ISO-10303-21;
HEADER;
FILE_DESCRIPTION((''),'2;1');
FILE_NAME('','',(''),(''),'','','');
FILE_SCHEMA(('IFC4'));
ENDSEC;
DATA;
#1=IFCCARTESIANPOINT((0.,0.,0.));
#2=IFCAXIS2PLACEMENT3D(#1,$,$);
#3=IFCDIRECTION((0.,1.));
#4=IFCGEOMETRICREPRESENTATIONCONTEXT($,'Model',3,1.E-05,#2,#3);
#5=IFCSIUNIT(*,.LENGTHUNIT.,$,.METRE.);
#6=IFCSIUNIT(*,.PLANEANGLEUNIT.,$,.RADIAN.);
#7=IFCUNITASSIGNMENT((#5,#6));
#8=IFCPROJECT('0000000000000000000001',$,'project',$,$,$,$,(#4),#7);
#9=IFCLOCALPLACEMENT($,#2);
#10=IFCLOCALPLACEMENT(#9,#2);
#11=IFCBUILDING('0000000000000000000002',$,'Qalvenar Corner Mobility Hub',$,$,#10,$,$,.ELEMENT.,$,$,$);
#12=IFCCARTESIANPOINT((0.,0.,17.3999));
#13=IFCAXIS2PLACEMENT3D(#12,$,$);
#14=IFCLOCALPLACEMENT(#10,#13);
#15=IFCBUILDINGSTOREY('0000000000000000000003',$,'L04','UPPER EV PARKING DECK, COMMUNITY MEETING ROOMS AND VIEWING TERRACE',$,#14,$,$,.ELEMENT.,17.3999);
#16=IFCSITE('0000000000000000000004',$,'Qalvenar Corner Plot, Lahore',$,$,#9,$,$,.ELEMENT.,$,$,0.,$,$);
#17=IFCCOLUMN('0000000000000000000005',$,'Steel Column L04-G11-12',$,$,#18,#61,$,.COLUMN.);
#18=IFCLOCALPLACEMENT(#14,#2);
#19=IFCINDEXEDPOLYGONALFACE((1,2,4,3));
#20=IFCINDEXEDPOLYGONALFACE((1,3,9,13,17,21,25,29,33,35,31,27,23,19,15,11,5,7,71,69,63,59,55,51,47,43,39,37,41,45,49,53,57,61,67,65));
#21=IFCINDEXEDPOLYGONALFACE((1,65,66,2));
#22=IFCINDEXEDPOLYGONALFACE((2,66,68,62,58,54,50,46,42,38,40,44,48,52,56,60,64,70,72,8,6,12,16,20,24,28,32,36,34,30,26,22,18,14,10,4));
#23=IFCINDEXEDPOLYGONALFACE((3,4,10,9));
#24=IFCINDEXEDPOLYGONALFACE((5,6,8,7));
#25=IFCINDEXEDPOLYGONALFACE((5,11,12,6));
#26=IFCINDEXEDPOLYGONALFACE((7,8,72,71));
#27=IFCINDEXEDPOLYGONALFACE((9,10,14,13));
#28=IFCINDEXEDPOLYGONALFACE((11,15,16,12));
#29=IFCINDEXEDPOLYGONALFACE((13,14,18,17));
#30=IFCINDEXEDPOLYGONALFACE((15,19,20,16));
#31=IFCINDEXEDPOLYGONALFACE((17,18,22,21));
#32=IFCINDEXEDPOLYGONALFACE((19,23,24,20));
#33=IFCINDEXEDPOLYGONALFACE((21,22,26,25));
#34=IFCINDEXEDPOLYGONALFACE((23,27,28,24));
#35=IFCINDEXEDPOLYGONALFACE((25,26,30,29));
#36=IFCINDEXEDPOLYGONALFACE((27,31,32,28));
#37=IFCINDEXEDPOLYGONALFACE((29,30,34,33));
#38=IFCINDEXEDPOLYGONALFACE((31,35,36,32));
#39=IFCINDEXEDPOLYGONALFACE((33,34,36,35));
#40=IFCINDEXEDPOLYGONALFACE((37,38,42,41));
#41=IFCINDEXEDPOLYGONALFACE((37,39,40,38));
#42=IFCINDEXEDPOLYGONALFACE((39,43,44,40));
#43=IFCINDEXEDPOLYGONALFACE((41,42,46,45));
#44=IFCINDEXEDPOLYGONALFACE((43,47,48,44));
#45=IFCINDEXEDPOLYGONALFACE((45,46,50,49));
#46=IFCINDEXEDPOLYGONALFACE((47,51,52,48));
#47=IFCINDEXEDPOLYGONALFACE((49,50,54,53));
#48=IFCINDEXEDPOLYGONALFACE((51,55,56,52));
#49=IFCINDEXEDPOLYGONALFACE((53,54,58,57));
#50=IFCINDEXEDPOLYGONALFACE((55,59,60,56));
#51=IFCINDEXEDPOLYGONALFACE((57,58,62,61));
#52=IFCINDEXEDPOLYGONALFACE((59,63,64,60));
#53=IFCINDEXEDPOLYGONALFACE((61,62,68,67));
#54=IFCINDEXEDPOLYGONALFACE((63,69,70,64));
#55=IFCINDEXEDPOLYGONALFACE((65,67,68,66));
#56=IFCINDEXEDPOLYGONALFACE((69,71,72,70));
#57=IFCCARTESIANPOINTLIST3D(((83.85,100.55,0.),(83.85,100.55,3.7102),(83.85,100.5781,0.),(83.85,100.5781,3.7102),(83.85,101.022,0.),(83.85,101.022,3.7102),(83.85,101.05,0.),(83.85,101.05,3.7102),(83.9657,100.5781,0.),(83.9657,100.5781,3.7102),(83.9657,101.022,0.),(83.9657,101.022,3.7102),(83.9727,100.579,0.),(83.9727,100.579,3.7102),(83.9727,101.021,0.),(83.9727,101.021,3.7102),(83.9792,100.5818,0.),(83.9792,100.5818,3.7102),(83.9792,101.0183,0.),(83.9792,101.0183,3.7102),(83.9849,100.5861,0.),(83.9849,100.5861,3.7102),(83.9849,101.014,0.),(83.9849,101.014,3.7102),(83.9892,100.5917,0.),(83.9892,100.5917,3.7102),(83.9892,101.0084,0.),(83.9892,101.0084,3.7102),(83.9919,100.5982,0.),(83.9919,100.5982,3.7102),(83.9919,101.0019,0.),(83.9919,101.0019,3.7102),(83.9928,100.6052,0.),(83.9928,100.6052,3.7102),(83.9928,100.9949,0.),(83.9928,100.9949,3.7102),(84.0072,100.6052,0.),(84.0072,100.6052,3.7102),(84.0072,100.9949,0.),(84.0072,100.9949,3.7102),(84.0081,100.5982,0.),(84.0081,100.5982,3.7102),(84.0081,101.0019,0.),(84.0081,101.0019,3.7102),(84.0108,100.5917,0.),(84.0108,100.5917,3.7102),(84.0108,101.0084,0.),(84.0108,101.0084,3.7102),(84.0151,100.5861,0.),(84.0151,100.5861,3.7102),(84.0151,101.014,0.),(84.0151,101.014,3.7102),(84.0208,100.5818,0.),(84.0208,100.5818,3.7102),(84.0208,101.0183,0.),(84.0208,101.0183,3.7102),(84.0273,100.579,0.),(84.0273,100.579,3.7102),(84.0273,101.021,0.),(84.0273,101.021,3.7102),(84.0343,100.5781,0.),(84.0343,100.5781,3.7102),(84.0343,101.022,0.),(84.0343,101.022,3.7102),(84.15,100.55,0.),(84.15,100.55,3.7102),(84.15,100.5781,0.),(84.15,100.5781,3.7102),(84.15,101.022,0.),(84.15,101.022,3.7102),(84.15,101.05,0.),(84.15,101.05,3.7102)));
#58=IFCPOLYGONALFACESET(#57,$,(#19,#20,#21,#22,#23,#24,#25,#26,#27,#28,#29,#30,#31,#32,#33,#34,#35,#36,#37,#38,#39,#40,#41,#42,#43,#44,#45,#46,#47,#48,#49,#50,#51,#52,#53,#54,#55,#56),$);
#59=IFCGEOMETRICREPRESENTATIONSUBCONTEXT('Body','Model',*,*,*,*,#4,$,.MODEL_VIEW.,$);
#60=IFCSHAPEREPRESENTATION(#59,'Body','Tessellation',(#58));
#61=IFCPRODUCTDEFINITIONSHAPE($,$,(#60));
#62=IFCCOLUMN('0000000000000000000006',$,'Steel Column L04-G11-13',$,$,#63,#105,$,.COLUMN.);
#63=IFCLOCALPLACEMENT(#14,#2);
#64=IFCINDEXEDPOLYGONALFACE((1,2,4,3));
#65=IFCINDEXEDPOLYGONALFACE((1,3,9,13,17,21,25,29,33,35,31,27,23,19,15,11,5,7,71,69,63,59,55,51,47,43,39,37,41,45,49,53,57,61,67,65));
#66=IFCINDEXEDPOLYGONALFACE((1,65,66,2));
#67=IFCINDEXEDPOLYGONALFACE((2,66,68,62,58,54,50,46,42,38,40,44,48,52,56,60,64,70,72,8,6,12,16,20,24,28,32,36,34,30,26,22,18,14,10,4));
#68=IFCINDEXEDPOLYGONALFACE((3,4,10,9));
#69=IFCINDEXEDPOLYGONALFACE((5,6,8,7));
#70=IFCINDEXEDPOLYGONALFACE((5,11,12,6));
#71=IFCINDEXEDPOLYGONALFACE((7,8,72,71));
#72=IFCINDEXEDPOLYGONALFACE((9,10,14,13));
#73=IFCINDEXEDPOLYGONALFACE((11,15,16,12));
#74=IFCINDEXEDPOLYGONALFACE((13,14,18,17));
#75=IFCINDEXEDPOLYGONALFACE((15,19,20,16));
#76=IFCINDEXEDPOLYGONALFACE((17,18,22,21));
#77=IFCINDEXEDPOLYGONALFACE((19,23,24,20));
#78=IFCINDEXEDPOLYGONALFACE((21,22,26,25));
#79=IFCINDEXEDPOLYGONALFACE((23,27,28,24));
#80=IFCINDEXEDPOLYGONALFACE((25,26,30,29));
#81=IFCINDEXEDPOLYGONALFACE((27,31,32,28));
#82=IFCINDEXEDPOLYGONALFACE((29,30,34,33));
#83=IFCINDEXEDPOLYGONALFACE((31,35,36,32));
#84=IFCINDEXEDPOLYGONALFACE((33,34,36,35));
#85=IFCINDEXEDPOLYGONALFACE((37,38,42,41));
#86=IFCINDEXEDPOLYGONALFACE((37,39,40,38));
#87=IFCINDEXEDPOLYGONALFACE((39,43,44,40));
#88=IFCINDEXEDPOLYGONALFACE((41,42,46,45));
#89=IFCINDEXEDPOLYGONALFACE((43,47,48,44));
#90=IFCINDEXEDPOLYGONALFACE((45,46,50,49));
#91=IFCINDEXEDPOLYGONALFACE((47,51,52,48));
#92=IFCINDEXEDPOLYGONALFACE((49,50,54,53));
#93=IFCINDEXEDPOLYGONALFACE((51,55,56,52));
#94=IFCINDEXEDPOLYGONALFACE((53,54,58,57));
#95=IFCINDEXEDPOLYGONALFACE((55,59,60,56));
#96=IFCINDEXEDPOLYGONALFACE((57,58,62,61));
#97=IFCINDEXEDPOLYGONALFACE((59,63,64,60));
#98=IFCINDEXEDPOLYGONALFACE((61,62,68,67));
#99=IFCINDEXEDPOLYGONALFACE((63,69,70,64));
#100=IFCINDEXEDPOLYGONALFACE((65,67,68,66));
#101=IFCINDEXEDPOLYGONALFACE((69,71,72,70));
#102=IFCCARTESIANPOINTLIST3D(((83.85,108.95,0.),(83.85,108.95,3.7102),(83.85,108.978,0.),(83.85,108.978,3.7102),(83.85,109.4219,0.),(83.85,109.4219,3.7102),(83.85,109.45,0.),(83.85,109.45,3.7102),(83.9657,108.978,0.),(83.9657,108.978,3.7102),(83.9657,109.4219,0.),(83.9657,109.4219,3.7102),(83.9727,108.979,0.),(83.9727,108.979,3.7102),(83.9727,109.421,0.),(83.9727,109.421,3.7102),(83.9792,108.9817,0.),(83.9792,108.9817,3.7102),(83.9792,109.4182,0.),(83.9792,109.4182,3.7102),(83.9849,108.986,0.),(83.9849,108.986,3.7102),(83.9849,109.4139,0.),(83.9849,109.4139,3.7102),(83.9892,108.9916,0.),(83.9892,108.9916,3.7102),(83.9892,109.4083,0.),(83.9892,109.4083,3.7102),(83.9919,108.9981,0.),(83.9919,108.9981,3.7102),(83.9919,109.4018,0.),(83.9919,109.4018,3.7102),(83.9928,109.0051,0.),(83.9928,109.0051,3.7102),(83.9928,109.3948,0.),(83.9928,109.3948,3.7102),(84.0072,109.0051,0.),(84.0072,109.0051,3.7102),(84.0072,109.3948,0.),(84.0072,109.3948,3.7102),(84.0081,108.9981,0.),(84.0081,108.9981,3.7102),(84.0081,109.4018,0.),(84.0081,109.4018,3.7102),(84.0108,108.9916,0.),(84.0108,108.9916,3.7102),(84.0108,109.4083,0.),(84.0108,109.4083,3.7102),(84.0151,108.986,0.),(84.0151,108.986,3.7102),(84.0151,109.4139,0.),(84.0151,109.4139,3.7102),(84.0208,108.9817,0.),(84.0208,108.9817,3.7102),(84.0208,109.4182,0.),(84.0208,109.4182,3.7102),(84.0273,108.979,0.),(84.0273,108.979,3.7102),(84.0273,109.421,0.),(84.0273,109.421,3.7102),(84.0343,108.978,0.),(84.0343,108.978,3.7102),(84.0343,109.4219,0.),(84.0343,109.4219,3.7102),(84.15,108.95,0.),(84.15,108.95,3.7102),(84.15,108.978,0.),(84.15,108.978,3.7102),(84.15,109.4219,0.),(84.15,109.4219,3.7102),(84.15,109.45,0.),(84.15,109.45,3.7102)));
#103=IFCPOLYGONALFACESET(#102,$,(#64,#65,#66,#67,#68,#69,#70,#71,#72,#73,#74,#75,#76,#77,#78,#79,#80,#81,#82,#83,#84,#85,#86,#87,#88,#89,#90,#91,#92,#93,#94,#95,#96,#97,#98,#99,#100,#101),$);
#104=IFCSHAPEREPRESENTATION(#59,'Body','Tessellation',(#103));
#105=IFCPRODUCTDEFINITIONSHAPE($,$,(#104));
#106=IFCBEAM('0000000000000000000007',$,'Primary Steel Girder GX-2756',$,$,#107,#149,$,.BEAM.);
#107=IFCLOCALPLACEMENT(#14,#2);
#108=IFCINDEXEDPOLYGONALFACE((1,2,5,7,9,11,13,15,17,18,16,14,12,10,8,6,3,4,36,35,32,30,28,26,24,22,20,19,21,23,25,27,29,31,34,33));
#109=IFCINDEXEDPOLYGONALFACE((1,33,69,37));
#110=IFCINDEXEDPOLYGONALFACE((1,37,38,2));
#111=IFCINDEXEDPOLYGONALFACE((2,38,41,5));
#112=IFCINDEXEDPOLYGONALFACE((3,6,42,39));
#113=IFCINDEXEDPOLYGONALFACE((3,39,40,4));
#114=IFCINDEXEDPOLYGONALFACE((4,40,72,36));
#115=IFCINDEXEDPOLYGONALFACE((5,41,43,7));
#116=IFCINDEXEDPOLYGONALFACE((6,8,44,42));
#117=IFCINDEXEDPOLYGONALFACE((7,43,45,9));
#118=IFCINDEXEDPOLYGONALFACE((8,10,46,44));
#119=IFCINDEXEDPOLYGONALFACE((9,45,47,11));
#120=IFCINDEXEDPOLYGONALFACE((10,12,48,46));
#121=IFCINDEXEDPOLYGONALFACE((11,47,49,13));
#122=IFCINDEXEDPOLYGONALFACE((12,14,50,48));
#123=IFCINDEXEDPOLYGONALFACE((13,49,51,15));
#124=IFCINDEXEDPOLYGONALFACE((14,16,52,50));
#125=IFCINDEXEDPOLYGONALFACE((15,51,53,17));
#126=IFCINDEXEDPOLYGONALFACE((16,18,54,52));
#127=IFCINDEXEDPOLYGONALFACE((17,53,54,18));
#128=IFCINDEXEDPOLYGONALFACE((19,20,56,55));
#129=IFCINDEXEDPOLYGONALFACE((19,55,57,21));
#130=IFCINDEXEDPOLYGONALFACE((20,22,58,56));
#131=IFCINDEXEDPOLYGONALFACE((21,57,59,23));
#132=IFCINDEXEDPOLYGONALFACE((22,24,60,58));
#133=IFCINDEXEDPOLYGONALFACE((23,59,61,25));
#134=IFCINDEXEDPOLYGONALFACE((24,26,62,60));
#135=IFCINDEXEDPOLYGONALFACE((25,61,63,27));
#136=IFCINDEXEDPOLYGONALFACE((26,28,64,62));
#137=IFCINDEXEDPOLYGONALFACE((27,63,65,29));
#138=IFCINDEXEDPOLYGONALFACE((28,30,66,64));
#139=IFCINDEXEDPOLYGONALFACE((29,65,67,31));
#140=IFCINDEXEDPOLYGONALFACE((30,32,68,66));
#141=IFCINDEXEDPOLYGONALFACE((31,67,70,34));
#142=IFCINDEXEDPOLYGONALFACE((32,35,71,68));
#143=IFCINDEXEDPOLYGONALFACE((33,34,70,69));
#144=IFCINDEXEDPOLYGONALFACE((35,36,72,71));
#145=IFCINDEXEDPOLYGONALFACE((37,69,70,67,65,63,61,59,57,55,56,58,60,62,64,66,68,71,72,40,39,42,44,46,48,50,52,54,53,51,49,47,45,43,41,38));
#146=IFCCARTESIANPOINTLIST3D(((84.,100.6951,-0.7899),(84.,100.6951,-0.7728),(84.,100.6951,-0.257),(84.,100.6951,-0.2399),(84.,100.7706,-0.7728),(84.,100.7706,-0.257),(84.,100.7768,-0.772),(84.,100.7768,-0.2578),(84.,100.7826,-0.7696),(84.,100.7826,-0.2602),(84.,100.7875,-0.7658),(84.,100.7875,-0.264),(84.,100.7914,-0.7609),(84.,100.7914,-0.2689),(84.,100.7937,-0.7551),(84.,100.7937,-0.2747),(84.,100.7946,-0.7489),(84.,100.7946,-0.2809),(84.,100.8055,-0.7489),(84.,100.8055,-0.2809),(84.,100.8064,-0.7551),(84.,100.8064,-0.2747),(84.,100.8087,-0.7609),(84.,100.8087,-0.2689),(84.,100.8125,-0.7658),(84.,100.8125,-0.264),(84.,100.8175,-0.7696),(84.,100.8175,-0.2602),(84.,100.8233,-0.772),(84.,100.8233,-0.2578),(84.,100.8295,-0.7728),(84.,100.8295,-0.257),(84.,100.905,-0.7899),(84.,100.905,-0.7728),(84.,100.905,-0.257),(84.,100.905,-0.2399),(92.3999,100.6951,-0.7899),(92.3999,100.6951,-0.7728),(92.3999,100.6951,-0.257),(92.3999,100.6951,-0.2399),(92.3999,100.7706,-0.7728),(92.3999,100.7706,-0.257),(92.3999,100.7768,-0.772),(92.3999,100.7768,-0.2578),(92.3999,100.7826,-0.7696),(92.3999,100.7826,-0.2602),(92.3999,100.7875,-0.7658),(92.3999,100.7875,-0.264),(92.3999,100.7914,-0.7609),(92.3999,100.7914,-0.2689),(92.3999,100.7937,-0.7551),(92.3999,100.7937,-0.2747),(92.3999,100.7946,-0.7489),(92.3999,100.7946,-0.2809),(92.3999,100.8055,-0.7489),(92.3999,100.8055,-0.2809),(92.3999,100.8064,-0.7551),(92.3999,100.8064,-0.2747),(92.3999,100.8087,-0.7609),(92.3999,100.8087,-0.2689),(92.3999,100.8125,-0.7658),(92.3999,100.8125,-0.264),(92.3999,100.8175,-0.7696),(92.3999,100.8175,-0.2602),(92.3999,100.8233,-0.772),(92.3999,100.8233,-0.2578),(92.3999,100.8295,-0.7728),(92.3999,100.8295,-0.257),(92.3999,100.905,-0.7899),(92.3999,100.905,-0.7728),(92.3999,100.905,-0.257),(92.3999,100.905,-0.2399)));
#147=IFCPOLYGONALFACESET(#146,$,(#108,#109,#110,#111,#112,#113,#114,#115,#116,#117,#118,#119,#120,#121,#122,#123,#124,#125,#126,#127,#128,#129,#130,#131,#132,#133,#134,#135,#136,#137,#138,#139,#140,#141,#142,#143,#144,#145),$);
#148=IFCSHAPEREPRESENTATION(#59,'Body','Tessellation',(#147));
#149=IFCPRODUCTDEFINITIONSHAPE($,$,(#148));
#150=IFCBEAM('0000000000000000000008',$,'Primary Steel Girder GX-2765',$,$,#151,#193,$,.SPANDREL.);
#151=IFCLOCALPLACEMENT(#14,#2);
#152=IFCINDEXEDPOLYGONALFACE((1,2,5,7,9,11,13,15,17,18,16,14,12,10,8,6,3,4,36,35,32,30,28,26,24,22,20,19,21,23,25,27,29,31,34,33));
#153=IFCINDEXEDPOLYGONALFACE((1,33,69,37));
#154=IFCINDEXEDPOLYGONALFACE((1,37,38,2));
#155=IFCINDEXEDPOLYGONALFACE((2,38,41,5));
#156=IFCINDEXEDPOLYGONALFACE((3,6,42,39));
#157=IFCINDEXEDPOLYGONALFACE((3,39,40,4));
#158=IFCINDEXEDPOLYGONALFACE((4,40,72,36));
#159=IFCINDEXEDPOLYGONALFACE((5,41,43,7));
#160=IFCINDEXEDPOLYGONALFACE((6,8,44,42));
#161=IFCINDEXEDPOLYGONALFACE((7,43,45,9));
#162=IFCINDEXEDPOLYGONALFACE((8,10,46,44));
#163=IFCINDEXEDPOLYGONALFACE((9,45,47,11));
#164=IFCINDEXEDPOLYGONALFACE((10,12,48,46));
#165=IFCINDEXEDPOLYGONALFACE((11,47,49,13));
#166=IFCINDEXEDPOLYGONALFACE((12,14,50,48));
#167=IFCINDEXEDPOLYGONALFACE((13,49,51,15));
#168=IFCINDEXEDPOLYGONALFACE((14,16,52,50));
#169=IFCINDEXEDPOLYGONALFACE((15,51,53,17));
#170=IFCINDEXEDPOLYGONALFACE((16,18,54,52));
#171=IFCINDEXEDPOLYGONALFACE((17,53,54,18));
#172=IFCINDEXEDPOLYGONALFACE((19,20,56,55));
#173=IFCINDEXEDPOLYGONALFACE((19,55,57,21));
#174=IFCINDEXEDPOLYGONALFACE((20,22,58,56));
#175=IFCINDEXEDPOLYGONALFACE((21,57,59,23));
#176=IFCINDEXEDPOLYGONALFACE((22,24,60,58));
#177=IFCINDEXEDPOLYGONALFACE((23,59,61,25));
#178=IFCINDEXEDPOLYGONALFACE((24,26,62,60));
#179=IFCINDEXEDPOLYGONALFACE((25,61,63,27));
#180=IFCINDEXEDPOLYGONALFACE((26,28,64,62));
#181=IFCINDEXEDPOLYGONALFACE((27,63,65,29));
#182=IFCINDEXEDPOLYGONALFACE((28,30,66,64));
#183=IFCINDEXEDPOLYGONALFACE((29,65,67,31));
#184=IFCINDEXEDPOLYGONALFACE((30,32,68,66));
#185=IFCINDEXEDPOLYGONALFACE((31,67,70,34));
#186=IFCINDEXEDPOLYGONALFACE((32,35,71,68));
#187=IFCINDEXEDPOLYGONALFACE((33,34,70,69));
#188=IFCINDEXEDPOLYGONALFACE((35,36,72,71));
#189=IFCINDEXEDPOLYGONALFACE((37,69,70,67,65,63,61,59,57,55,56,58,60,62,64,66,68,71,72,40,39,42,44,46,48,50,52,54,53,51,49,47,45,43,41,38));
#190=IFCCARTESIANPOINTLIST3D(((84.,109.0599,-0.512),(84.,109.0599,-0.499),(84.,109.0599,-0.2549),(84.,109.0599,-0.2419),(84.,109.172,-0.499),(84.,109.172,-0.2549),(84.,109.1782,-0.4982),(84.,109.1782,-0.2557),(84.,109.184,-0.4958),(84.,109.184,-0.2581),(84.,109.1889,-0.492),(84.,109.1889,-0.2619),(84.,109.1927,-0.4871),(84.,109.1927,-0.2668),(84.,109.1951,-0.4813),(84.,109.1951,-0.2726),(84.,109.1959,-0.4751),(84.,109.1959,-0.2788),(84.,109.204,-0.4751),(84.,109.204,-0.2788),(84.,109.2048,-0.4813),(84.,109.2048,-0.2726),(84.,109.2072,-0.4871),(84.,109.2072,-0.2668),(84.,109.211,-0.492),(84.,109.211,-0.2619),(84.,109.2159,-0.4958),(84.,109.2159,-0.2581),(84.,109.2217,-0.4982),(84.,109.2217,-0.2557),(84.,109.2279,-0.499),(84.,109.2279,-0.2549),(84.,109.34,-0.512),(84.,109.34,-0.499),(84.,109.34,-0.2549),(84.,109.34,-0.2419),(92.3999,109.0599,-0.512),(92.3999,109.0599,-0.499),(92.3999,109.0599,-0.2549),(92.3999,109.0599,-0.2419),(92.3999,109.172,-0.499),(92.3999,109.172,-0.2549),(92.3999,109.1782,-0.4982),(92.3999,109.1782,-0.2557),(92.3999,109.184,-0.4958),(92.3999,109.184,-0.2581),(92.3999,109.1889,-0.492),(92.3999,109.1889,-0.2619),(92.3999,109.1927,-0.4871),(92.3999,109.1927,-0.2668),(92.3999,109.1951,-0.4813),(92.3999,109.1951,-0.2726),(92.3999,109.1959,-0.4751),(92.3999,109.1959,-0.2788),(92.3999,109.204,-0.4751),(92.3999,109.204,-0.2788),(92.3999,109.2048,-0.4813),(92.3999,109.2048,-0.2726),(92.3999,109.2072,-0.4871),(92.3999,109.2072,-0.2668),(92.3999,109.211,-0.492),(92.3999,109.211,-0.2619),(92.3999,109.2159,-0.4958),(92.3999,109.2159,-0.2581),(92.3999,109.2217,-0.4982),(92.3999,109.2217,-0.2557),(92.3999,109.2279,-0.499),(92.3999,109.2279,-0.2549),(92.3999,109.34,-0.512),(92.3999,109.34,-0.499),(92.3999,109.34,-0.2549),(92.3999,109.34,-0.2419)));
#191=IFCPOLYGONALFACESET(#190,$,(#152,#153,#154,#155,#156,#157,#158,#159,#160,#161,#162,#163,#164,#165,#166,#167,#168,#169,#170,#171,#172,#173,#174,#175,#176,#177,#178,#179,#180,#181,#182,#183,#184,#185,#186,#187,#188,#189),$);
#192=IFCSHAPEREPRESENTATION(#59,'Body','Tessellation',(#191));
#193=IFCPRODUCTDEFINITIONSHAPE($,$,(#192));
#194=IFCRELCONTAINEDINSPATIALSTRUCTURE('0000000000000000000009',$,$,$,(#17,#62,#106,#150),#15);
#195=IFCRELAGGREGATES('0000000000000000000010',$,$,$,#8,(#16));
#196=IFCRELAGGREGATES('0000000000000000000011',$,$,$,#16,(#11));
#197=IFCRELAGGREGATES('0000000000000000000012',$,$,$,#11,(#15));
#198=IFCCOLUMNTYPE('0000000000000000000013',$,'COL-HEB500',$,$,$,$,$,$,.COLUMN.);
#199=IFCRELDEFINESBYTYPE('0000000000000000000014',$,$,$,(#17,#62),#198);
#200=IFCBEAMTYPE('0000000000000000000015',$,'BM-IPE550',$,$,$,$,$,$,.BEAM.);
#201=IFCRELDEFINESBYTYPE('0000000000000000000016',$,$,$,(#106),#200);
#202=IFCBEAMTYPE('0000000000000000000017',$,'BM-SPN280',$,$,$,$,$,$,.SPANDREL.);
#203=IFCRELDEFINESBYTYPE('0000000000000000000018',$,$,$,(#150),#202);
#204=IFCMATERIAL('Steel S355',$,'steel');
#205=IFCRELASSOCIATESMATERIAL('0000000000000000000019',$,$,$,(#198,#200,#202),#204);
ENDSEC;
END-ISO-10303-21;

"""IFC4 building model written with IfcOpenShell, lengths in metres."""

from ifc_helpers import new_model, si_unit, direction, frame, origin, origin_2d, place, context, subcontext, project, spatial, i_section, extrude, material, material_profile, profile_set, type_object, element, save


model = new_model("IFC4")

# Units and contexts
model_context = context("Model", 3, precision=1e-05, world=origin(), true_north=direction((0.0, 1.0)))
body_context = subcontext(model_context, "Body", "Model", "MODEL_VIEW")
ifc_project = project(units=[si_unit("LENGTHUNIT", "METRE"), si_unit("PLANEANGLEUNIT", "RADIAN")], contexts=[model_context])

# Site, building, storey
site_placement = place(None, origin())
site = spatial("IfcSite", under=ifc_project, at=site_placement, Name="Qalvenar Corner Plot, Lahore", CompositionType="ELEMENT", RefElevation=0.0)
building_placement = place(site_placement, origin())
building = spatial("IfcBuilding", under=site, at=building_placement, Name="Qalvenar Corner Mobility Hub", CompositionType="ELEMENT")
storey_placement = place(building_placement, frame((0.0, 0.0, 17.3999)))
storey = spatial("IfcBuildingStorey", under=building, at=storey_placement, Name="L04", Description="UPPER EV PARKING DECK, COMMUNITY MEETING ROOMS AND VIEWING TERRACE", CompositionType="ELEMENT", Elevation=17.3999)

# Columns
ifc_material_1 = material(Name="Steel S355", Category="steel")
ifc_material_profile_1 = material_profile(ifc_material_1, i_section(OverallWidth=0.3, OverallDepth=0.5, WebThickness=0.0144, FlangeThickness=0.0281, FilletRadius=0.0271, at=origin_2d()), Name="HEB500")
ifc_profile_set_1 = profile_set([ifc_material_profile_1], Name="Steel S355")
column_type = type_object("IfcColumnType", Name="COL-HEB500", PredefinedType="COLUMN", material=ifc_profile_set_1)
for number, where, z_axis, x_axis, name in (
    (1, (84.0, 100.8, 0.0), (0.0, 0.0, 1.0), (1.0, 0.0, 0.0), "Steel Column L04-G11-12"),
    (2, (84.0, 109.2, 0.0), (0.0, 0.0, 1.0), (1.0, 0.0, 0.0), "Steel Column L04-G11-13"),
):
    element("IfcColumn", number, at=place(storey_placement, frame(where, z_axis=z_axis, x_axis=x_axis)), inside=storey, type_object=column_type, Name=name, PredefinedType="COLUMN", context=body_context, shape_type="SweptSolid", body=[
        extrude(i_section(OverallWidth=0.3, OverallDepth=0.5, WebThickness=0.0144, FlangeThickness=0.0281, FilletRadius=0.0271, at=origin_2d()), origin(), (0.0, 0.0, 1.0), 3.7102),
    ])

# Beams
ifc_material_profile_2 = material_profile(ifc_material_1, i_section(OverallWidth=0.21, OverallDepth=0.55, WebThickness=0.011, FlangeThickness=0.0171, FilletRadius=0.0239, at=origin_2d()), Name="IPE550")
ifc_profile_set_2 = profile_set([ifc_material_profile_2], Name="Steel S355")
beam_type_1 = type_object("IfcBeamType", Name="BM-IPE550", PredefinedType="BEAM", material=ifc_profile_set_2)
beam_1_placement = place(storey_placement, frame((84.0, 100.8, -0.5149), z_axis=(1.0, 0.0, 0.0), x_axis=(0.0, 1.0, 0.0)))
element("IfcBeam", 3, at=beam_1_placement, inside=storey, type_object=beam_type_1, Name="Primary Steel Girder GX-2756", PredefinedType="BEAM", context=body_context, shape_type="SweptSolid", body=[
    extrude(i_section(OverallWidth=0.21, OverallDepth=0.55, WebThickness=0.011, FlangeThickness=0.0171, FilletRadius=0.0239, at=origin_2d()), origin(), (0.0, 0.0, 1.0), 8.3999),
])
ifc_material_profile_3 = material_profile(ifc_material_1, i_section(OverallWidth=0.28, OverallDepth=0.27, WebThickness=0.0081, FlangeThickness=0.0129, FilletRadius=0.0239, at=origin_2d()), Name="HEA280")
ifc_profile_set_3 = profile_set([ifc_material_profile_3], Name="Steel S355")
beam_type_2 = type_object("IfcBeamType", Name="BM-SPN280", PredefinedType="SPANDREL", material=ifc_profile_set_3)
beam_2_placement = place(storey_placement, frame((84.0, 109.2, -0.377), z_axis=(1.0, 0.0, 0.0), x_axis=(0.0, 1.0, 0.0)))
element("IfcBeam", 4, at=beam_2_placement, inside=storey, type_object=beam_type_2, Name="Primary Steel Girder GX-2765", PredefinedType="SPANDREL", context=body_context, shape_type="SweptSolid", body=[
    extrude(i_section(OverallWidth=0.28, OverallDepth=0.27, WebThickness=0.0081, FlangeThickness=0.0129, FilletRadius=0.0239, at=origin_2d()), origin(), (0.0, 0.0, 1.0), 8.3999),
])

save(model, "model.ifc")
